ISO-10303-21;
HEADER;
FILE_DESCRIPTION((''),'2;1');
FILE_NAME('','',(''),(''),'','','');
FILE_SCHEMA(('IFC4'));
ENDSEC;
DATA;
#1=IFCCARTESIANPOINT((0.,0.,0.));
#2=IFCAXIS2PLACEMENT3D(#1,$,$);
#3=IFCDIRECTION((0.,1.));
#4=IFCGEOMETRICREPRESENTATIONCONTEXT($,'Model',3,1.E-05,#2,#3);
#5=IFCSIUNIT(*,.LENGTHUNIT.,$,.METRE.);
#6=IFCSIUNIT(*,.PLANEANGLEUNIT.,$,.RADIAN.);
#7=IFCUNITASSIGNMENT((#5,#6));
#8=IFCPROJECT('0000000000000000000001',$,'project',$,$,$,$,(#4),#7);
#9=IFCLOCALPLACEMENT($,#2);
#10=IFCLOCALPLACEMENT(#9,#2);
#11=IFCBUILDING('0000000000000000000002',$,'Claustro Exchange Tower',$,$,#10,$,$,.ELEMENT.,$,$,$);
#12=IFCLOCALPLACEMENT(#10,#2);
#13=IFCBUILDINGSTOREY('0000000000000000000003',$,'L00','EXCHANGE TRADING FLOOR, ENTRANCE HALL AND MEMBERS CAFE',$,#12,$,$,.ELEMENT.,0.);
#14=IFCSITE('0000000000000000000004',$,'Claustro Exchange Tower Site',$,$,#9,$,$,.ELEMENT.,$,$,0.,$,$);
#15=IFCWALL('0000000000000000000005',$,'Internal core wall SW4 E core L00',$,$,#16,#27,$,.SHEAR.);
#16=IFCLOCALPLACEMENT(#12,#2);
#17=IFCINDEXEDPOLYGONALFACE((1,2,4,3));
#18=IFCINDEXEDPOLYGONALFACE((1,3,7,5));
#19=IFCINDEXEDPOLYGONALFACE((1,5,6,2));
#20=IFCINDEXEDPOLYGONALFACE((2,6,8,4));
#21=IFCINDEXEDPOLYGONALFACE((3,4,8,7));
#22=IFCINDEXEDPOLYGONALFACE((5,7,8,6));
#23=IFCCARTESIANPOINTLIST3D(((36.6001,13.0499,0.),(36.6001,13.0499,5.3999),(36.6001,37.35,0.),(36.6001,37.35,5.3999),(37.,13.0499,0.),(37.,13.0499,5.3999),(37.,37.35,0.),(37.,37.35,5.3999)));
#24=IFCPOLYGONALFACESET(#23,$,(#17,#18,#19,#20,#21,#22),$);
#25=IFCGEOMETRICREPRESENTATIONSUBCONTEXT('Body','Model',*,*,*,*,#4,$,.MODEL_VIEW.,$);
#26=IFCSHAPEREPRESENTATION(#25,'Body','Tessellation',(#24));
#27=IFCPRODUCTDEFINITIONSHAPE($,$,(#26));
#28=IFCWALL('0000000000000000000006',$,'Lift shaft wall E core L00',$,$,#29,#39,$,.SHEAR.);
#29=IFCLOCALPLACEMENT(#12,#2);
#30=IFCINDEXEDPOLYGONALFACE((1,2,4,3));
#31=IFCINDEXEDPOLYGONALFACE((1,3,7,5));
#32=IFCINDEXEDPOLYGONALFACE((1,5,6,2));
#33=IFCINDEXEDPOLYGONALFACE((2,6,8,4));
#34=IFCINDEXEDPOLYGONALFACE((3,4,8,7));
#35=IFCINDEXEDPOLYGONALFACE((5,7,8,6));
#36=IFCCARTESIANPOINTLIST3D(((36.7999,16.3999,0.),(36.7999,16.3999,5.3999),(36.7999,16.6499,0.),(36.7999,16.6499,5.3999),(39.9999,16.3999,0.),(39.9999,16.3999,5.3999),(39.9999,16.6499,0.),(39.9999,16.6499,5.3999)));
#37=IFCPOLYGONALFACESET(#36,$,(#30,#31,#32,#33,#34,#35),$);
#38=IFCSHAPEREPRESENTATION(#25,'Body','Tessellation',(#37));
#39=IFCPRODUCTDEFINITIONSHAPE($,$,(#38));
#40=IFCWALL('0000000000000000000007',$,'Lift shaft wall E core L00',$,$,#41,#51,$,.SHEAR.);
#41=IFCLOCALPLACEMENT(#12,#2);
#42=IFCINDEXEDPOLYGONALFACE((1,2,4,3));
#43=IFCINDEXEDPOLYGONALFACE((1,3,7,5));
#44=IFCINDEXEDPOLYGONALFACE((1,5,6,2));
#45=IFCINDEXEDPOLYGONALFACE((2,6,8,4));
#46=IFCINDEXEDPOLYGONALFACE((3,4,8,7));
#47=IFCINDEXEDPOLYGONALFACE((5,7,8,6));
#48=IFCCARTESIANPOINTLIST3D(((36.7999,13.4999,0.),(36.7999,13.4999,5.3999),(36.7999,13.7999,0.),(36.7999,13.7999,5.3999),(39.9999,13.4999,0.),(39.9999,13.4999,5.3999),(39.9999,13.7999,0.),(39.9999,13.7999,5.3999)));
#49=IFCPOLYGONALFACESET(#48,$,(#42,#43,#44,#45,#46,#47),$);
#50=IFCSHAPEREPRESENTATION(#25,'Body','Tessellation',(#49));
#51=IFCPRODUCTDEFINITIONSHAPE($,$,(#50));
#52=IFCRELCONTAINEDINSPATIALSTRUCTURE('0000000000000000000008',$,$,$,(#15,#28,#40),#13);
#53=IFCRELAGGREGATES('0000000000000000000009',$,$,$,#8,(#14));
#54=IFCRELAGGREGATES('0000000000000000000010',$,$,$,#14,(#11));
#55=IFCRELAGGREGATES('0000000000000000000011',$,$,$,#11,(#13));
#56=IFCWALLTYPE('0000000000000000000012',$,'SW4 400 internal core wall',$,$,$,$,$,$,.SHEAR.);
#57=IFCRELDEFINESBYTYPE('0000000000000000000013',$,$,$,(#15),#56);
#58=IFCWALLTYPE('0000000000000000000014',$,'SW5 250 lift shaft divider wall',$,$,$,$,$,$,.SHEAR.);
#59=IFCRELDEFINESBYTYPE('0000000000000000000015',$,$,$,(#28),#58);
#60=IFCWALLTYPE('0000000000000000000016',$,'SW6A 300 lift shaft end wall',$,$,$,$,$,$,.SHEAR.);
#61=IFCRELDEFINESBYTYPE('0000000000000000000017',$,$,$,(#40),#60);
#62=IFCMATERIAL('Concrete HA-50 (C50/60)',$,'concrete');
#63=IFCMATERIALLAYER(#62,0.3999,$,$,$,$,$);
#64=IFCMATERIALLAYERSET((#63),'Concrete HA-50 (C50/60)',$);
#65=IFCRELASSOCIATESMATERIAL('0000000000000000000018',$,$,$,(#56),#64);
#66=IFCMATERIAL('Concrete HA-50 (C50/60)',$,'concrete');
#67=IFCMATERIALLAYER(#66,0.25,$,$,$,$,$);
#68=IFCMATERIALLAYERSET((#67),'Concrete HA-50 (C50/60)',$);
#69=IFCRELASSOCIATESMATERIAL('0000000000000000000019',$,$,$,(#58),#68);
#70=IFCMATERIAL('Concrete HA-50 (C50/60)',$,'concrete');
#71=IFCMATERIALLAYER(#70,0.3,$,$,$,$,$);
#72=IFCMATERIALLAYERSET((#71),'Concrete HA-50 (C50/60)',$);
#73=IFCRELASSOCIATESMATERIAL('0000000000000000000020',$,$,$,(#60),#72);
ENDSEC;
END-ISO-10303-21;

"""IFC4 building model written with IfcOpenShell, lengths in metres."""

from ifc_helpers import new_model, si_unit, direction, frame, frame_2d, origin, place, context, subcontext, project, spatial, rectangle, extrude, material, layer, layer_set, type_object, element, save


model = new_model("IFC4")

# Units and contexts
model_context = context("Model", 3, precision=1e-05, world=origin(), true_north=direction((0.0, 1.0)))
body_context = subcontext(model_context, "Body", "Model", "MODEL_VIEW")
ifc_project = project(units=[si_unit("LENGTHUNIT", "METRE"), si_unit("PLANEANGLEUNIT", "RADIAN")], contexts=[model_context])

# Site, building, storey
site_placement = place(None, origin())
site = spatial("IfcSite", under=ifc_project, at=site_placement, Name="Claustro Exchange Tower Site", CompositionType="ELEMENT", RefElevation=0.0)
building_placement = place(site_placement, origin())
building = spatial("IfcBuilding", under=site, at=building_placement, Name="Claustro Exchange Tower", CompositionType="ELEMENT")
storey_placement = place(building_placement, origin())
storey = spatial("IfcBuildingStorey", under=building, at=storey_placement, Name="L00", Description="EXCHANGE TRADING FLOOR, ENTRANCE HALL AND MEMBERS CAFE", CompositionType="ELEMENT", Elevation=0.0)

# Shared definitions
ifc_material_1 = material(Name="Concrete HA-50 (C50/60)", Category="concrete")
ifc_layer_1 = layer(ifc_material_1, 0.3999)
ifc_layer_set_1 = layer_set([ifc_layer_1], Name="Concrete HA-50 (C50/60)")
wall_type_1 = type_object("IfcWallType", Name="SW4 400 internal core wall", PredefinedType="SHEAR", material=ifc_layer_set_1)

# Walls
wall_1_placement = place(storey_placement, frame((36.8, 13.05, 0.0), z_axis=(0.0, 0.0, 1.0), x_axis=(0.0, 1.0, 0.0)))
element("IfcWall", 1, at=wall_1_placement, inside=storey, type_object=wall_type_1, Name="Internal core wall SW4 E core L00", PredefinedType="SHEAR", context=body_context, shape_type="SweptSolid", body=[
    extrude(rectangle(XDim=24.3, YDim=0.3999, at=frame_2d((12.1499, 0.0))), origin(), (0.0, 0.0, 1.0), 5.3999),
])
ifc_material_2 = material(Name="Concrete HA-50 (C50/60)", Category="concrete")
ifc_layer_2 = layer(ifc_material_2, 0.25)
ifc_layer_set_2 = layer_set([ifc_layer_2], Name="Concrete HA-50 (C50/60)")
wall_type_2 = type_object("IfcWallType", Name="SW5 250 lift shaft divider wall", PredefinedType="SHEAR", material=ifc_layer_set_2)
wall_2_placement = place(storey_placement, frame((40.0, 16.5249, 0.0), z_axis=(0.0, 0.0, 1.0), x_axis=(-1.0, 0.0, 0.0)))
element("IfcWall", 2, at=wall_2_placement, inside=storey, type_object=wall_type_2, Name="Lift shaft wall E core L00", PredefinedType="SHEAR", context=body_context, shape_type="SweptSolid", body=[
    extrude(rectangle(XDim=3.2, YDim=0.25, at=frame_2d((1.6001, 0.0))), origin(), (0.0, 0.0, 1.0), 5.3999),
])
ifc_material_3 = material(Name="Concrete HA-50 (C50/60)", Category="concrete")
ifc_layer_3 = layer(ifc_material_3, 0.3)
ifc_layer_set_3 = layer_set([ifc_layer_3], Name="Concrete HA-50 (C50/60)")
wall_type_3 = type_object("IfcWallType", Name="SW6A 300 lift shaft end wall", PredefinedType="SHEAR", material=ifc_layer_set_3)
wall_3_placement = place(storey_placement, frame((40.0, 13.6499, 0.0), z_axis=(0.0, 0.0, 1.0), x_axis=(-1.0, 0.0, 0.0)))
element("IfcWall", 3, at=wall_3_placement, inside=storey, type_object=wall_type_3, Name="Lift shaft wall E core L00", PredefinedType="SHEAR", context=body_context, shape_type="SweptSolid", body=[
    extrude(rectangle(XDim=3.2, YDim=0.3, at=frame_2d((1.6001, 0.0))), origin(), (0.0, 0.0, 1.0), 5.3999),
])

save(model, "model.ifc")
